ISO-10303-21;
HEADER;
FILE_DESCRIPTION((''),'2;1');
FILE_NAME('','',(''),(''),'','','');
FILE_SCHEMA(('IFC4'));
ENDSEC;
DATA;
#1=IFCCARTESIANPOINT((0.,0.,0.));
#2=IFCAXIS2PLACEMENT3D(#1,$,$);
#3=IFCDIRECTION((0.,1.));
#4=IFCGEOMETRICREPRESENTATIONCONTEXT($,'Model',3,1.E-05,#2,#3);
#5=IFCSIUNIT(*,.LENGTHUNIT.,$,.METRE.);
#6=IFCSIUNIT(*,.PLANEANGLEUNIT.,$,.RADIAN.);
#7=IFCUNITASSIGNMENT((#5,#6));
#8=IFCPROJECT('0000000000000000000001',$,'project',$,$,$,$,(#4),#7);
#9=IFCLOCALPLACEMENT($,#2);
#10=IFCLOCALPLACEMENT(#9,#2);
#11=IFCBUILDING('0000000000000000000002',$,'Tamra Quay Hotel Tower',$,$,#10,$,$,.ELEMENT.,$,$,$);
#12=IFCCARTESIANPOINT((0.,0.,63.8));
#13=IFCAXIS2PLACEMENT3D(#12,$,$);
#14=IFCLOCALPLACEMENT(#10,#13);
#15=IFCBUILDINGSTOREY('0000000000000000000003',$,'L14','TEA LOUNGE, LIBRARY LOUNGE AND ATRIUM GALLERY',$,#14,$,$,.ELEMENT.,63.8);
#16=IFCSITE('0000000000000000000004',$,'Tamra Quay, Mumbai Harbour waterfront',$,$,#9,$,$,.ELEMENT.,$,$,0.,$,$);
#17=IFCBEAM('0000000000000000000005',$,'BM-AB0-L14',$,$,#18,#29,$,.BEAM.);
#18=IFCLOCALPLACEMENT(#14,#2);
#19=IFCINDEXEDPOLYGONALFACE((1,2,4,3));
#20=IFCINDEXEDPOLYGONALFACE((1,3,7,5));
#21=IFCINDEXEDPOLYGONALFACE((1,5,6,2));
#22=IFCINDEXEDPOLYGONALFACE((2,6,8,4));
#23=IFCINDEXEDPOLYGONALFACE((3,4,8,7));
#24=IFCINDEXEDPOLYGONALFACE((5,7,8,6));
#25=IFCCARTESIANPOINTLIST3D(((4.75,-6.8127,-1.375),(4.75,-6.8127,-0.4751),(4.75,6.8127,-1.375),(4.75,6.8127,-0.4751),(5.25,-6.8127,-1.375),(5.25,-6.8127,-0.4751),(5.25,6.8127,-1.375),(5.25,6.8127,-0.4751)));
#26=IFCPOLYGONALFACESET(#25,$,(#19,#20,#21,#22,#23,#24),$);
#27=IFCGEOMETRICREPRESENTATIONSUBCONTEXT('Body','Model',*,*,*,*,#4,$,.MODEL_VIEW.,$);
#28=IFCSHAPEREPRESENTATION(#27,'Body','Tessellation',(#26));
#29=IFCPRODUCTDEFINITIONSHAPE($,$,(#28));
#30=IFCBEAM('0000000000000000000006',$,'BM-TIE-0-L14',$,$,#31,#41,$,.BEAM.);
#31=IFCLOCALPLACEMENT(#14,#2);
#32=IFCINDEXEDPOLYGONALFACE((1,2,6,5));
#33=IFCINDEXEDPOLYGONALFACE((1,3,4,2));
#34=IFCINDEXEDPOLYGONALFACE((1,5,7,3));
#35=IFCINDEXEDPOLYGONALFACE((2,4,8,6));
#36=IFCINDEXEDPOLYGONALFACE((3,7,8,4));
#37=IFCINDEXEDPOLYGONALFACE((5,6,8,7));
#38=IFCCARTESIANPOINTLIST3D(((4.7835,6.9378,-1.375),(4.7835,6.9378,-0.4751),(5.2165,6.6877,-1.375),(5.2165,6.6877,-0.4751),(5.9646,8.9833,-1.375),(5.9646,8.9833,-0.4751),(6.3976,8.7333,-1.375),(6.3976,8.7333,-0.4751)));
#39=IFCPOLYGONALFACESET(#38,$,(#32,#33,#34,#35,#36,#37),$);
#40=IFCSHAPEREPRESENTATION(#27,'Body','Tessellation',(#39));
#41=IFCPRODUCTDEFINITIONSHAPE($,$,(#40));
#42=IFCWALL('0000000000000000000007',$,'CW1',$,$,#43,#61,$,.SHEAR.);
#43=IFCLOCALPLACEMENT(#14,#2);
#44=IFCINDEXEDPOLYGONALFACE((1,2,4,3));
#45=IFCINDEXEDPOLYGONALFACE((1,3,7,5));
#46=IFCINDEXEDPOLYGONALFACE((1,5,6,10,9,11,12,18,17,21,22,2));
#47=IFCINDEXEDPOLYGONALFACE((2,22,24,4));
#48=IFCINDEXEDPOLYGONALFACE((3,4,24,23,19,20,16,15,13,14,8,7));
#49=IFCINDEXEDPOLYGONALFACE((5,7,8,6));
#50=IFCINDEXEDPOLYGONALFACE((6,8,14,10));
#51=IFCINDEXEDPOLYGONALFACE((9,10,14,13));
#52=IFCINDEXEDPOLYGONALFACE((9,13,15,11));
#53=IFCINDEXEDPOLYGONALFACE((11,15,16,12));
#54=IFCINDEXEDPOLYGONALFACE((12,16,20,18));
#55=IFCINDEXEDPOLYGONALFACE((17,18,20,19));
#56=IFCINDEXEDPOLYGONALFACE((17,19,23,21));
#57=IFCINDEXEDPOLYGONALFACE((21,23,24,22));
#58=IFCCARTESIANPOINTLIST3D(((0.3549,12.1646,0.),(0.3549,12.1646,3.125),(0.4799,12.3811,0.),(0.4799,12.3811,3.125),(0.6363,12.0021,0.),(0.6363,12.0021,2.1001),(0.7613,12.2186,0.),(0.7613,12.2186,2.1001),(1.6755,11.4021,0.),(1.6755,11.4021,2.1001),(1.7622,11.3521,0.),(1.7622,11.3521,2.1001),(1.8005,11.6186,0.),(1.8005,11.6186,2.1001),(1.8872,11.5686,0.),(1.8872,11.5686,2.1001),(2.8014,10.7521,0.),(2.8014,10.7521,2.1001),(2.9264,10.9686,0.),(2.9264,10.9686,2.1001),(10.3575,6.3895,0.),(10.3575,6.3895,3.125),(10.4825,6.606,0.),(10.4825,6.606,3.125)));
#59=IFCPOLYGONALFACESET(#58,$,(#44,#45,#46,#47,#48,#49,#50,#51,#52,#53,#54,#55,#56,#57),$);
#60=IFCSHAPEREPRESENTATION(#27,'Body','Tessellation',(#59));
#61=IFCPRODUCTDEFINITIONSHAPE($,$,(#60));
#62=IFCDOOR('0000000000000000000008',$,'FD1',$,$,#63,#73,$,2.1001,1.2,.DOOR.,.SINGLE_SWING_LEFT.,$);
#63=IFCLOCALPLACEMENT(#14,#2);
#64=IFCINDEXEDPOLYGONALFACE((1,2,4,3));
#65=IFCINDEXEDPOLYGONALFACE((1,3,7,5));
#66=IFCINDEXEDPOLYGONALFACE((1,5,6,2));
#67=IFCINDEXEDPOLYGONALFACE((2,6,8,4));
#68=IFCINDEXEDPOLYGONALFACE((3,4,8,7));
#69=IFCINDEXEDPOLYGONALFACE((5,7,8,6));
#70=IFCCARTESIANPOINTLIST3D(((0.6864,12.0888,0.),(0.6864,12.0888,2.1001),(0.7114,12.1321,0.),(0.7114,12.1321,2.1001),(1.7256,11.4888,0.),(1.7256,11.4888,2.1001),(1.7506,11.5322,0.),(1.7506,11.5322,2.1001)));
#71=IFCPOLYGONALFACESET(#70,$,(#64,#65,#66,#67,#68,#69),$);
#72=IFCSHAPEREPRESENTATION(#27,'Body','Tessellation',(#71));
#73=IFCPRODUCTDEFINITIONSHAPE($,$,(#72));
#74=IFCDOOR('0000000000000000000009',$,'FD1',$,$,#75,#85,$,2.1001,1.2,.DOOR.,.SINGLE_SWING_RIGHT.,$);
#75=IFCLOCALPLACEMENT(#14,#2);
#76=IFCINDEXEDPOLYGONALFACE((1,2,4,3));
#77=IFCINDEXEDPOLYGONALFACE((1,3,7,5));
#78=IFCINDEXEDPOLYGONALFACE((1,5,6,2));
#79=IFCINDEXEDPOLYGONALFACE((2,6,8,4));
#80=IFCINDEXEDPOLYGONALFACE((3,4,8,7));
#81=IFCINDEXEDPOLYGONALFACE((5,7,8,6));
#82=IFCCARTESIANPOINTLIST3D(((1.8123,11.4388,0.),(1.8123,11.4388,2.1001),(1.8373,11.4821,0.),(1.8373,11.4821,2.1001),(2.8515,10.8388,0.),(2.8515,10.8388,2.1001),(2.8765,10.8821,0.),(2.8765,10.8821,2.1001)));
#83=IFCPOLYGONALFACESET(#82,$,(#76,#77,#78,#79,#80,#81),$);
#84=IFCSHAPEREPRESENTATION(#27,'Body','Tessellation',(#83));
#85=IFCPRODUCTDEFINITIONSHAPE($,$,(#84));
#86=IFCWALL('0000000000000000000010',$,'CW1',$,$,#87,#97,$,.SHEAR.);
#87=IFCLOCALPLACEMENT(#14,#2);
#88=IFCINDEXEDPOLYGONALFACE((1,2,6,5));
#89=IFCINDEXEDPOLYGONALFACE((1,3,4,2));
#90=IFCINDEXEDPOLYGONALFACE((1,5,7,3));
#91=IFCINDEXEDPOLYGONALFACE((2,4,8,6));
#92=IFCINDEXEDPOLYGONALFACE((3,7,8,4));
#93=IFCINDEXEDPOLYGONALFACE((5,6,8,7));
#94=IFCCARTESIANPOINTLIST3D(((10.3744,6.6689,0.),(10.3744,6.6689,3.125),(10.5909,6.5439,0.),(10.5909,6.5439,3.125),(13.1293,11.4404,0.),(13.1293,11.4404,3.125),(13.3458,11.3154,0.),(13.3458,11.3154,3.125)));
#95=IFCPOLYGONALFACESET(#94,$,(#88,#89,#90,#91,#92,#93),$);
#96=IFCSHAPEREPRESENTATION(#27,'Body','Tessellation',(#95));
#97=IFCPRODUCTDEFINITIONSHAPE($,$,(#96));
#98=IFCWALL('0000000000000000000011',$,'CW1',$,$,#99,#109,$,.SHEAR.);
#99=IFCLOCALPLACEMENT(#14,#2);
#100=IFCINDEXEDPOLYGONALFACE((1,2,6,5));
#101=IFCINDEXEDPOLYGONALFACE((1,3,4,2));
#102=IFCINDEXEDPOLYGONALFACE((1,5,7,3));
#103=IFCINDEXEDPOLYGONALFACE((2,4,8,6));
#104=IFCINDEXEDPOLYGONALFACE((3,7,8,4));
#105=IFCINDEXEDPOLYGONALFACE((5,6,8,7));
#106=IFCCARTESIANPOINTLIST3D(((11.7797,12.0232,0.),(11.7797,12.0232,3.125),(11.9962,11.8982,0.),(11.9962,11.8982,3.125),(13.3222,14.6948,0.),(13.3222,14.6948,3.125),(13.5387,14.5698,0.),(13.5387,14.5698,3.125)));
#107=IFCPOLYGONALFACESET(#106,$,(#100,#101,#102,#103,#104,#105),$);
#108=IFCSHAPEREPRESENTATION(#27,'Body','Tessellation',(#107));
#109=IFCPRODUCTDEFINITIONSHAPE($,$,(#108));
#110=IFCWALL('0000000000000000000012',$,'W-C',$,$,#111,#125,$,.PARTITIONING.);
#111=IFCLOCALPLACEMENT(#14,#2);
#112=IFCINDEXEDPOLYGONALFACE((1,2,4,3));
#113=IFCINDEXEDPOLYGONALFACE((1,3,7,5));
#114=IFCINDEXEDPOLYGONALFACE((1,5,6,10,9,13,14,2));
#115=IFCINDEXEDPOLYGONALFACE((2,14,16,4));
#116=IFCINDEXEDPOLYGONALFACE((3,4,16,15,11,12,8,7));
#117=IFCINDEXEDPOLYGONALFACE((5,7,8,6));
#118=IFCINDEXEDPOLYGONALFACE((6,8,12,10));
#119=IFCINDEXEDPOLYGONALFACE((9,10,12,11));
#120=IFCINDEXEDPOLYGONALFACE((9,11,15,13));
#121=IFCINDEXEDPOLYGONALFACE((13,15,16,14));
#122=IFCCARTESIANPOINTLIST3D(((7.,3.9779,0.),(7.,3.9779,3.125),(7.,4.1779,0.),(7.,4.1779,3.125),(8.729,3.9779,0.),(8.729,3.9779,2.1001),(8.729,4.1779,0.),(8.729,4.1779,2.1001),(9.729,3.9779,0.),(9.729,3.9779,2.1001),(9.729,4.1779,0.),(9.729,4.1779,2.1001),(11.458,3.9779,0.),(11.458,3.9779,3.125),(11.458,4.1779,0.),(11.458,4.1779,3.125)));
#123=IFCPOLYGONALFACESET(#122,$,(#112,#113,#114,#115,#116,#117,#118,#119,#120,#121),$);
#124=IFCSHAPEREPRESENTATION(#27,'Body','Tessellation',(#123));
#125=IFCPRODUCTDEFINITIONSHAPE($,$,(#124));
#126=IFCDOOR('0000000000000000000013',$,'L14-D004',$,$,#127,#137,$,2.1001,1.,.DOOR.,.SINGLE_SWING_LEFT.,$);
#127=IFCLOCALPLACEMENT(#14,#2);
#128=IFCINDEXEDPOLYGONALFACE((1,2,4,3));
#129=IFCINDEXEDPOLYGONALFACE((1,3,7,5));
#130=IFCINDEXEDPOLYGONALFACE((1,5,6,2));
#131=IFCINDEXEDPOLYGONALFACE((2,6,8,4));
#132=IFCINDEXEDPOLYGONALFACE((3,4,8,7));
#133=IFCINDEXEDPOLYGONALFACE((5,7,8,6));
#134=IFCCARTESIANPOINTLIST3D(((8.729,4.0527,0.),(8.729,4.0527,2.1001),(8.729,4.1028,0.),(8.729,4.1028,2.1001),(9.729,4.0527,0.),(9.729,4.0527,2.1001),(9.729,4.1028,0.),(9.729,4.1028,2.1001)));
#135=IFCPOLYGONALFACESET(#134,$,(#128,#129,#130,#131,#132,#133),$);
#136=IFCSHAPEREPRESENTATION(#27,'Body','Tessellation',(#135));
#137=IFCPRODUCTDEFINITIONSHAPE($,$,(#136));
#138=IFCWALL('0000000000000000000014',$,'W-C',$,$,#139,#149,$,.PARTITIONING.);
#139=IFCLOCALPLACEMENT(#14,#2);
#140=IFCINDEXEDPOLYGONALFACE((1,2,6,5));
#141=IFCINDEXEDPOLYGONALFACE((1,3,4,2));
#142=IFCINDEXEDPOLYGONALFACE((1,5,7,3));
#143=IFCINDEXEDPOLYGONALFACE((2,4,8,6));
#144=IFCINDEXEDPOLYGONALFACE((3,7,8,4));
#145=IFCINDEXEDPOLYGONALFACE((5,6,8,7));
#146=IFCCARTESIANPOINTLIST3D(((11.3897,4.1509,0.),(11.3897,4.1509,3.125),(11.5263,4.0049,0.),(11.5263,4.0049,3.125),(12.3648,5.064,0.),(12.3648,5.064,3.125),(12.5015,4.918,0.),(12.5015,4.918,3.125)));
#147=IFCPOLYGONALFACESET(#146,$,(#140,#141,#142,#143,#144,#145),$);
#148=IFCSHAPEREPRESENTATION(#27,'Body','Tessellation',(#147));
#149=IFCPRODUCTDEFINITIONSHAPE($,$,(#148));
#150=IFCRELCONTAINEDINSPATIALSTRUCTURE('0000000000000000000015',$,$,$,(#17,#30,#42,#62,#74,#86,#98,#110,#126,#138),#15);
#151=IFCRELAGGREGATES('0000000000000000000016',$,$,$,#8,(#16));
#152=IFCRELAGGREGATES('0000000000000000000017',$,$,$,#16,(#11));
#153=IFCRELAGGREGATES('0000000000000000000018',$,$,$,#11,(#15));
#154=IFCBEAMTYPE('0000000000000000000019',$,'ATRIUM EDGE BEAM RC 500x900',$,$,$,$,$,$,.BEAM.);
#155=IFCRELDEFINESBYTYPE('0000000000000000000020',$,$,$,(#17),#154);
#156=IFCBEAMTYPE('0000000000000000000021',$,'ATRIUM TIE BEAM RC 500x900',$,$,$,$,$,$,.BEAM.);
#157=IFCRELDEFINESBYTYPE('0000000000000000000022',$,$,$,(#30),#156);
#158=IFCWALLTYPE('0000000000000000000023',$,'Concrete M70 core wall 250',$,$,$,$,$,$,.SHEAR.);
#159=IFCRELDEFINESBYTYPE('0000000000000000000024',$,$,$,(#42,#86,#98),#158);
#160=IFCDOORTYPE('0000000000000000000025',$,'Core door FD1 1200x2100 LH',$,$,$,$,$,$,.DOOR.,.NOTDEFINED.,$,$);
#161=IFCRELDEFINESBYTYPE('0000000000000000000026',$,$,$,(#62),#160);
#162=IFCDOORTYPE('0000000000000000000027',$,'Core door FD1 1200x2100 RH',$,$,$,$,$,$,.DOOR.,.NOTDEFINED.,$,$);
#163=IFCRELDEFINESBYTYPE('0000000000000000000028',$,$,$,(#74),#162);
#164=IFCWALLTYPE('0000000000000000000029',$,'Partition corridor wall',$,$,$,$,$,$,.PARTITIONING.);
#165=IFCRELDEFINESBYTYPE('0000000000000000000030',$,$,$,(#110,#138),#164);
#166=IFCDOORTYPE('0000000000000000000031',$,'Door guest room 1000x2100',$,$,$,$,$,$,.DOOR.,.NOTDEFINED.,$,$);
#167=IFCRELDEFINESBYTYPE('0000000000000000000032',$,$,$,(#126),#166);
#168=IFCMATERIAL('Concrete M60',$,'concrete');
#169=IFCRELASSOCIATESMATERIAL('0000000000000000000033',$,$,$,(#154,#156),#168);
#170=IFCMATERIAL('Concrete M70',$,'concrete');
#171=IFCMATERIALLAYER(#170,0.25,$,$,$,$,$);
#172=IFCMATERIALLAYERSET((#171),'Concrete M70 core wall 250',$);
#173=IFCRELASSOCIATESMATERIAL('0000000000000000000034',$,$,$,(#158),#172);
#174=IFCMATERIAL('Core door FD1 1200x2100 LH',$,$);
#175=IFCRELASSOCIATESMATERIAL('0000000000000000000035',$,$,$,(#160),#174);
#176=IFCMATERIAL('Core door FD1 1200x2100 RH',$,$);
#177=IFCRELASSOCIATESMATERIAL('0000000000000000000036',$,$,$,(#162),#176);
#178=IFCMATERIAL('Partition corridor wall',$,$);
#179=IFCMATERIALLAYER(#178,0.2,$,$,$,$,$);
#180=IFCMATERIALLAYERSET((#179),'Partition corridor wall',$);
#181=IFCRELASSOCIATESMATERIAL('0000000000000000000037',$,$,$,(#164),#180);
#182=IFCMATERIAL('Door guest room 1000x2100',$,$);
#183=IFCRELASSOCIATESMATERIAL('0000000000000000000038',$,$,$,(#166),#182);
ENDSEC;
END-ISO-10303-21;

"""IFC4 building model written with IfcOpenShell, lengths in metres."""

from ifc_helpers import new_model, si_unit, direction, frame, frame_2d, origin, origin_2d, place, context, subcontext, project, spatial, rectangle, extrude, material, layer, layer_set, material_profile, profile_set, type_object, element, fill, save


model = new_model("IFC4")

# Units and contexts
model_context = context("Model", 3, precision=1e-05, world=origin(), true_north=direction((0.0, 1.0)))
body_context = subcontext(model_context, "Body", "Model", "MODEL_VIEW")
ifc_project = project(units=[si_unit("LENGTHUNIT", "METRE"), si_unit("PLANEANGLEUNIT", "RADIAN")], contexts=[model_context])

# Site, building, storey
site_placement = place(None, origin())
site = spatial("IfcSite", under=ifc_project, at=site_placement, Name="Tamra Quay, Mumbai Harbour waterfront", CompositionType="ELEMENT", RefElevation=0.0)
building_placement = place(site_placement, origin())
building = spatial("IfcBuilding", under=site, at=building_placement, Name="Tamra Quay Hotel Tower", CompositionType="ELEMENT")
storey_placement = place(building_placement, frame((0.0, 0.0, 63.8)))
storey = spatial("IfcBuildingStorey", under=building, at=storey_placement, Name="L14", Description="TEA LOUNGE, LIBRARY LOUNGE AND ATRIUM GALLERY", CompositionType="ELEMENT", Elevation=63.8)

# Beams
ifc_material_1 = material(Name="Concrete M60", Category="concrete")
ifc_material_profile_1 = material_profile(ifc_material_1, rectangle(XDim=0.5, YDim=0.8999, at=origin_2d()), Name="ATRIUM EDGE BEAM RC 500x900")
ifc_profile_set_1 = profile_set([ifc_material_profile_1], Name="Concrete M60")
beam_type_1 = type_object("IfcBeamType", Name="ATRIUM EDGE BEAM RC 500x900", PredefinedType="BEAM", material=ifc_profile_set_1)
beam_1_placement = place(storey_placement, frame((5.0, 6.8127, -0.925), z_axis=(0.0, -1.0, 0.0), x_axis=(1.0, 0.0, 0.0)))
element("IfcBeam", 1, at=beam_1_placement, inside=storey, type_object=beam_type_1, Name="BM-AB0-L14", PredefinedType="BEAM", context=body_context, shape_type="SweptSolid", body=[
    extrude(rectangle(XDim=0.5, YDim=0.8999, at=origin_2d()), origin(), (0.0, 0.0, 1.0), 13.6255),
])
ifc_material_profile_2 = material_profile(ifc_material_1, rectangle(XDim=0.5, YDim=0.8999, at=origin_2d()), Name="ATRIUM TIE BEAM RC 500x900")
ifc_profile_set_2 = profile_set([ifc_material_profile_2], Name="Concrete M60")
beam_type_2 = type_object("IfcBeamType", Name="ATRIUM TIE BEAM RC 500x900", PredefinedType="BEAM", material=ifc_profile_set_2)
beam_2_placement = place(storey_placement, frame((5.0, 6.8127, -0.925), z_axis=(0.50003, 0.866008, 0.0), x_axis=(-0.866008, 0.50003, 0.0)))
element("IfcBeam", 2, at=beam_2_placement, inside=storey, type_object=beam_type_2, Name="BM-TIE-0-L14", PredefinedType="BEAM", context=body_context, shape_type="SweptSolid", body=[
    extrude(rectangle(XDim=0.5, YDim=0.8999, at=origin_2d()), origin(), (0.0, 0.0, 1.0), 2.3621),
])

# Wall, openings, doors
ifc_material_2 = material(Name="Concrete M70", Category="concrete")
ifc_layer_1 = layer(ifc_material_2, 0.25)
ifc_layer_set_1 = layer_set([ifc_layer_1], Name="Concrete M70 core wall 250")
wall_type_1 = type_object("IfcWallType", Name="Concrete M70 core wall 250", PredefinedType="SHEAR", material=ifc_layer_set_1)
wall_1_placement = place(storey_placement, frame((10.4199, 6.4978, 0.0), z_axis=(0.0, 0.0, 1.0), x_axis=(-0.866022, 0.500006, 0.0)))
wall_1 = element("IfcWall", 3, at=wall_1_placement, inside=storey, type_object=wall_type_1, Name="CW1", PredefinedType="SHEAR", context=body_context, shape_type="SweptSolid", body=[
    extrude(rectangle(XDim=11.55, YDim=0.25, at=frame_2d((5.7749, 0.0))), origin(), (0.0, 0.0, 1.0), 3.125),
])
opening_1_placement = place(wall_1_placement, frame((10.0249, 0.0, 0.0)))
opening_1 = element("IfcOpeningElement", 4, at=opening_1_placement, cuts=wall_1, PredefinedType="OPENING", context=body_context, shape_type="SweptSolid", body=[
    extrude(rectangle(XDim=1.2, YDim=2.1001, at=frame_2d((0.6001, 1.05))), frame((0.0, 0.135, 0.0), z_axis=(0.0, -1.0, 0.0), x_axis=(1.0, 0.0, 0.0)), (0.0, 0.0, 1.0), 0.27),
])
opening_2_placement = place(wall_1_placement, frame((8.7249, 0.0, 0.0)))
opening_2 = element("IfcOpeningElement", 5, at=opening_2_placement, cuts=wall_1, PredefinedType="OPENING", context=body_context, shape_type="SweptSolid", body=[
    extrude(rectangle(XDim=1.2, YDim=2.1001, at=frame_2d((0.6001, 1.05))), frame((0.0, 0.135, 0.0), z_axis=(0.0, -1.0, 0.0), x_axis=(1.0, 0.0, 0.0)), (0.0, 0.0, 1.0), 0.27),
])
ifc_material_3 = material(Name="Core door FD1 1200x2100 LH")
door_type_1 = type_object("IfcDoorType", Name="Core door FD1 1200x2100 LH", OperationType="NOTDEFINED", PredefinedType="DOOR", material=ifc_material_3)
door_1_placement = place(opening_1_placement, origin())
door_1 = element("IfcDoor", 6, at=door_1_placement, inside=storey, type_object=door_type_1, Name="FD1", OperationType="SINGLE_SWING_LEFT", OverallHeight=2.1001, OverallWidth=1.2, PredefinedType="DOOR", context=body_context, shape_type="SweptSolid", body=[
    extrude(rectangle(XDim=1.2, YDim=2.1001, at=frame_2d((0.6001, 1.05))), frame((0.0, 0.0249, 0.0), z_axis=(0.0, -1.0, 0.0), x_axis=(1.0, 0.0, 0.0)), (0.0, 0.0, 1.0), 0.05),
])
fill(opening_1, door_1)
ifc_material_4 = material(Name="Core door FD1 1200x2100 RH")
door_type_2 = type_object("IfcDoorType", Name="Core door FD1 1200x2100 RH", OperationType="NOTDEFINED", PredefinedType="DOOR", material=ifc_material_4)
door_2_placement = place(opening_2_placement, origin())
door_2 = element("IfcDoor", 7, at=door_2_placement, inside=storey, type_object=door_type_2, Name="FD1", OperationType="SINGLE_SWING_RIGHT", OverallHeight=2.1001, OverallWidth=1.2, PredefinedType="DOOR", context=body_context, shape_type="SweptSolid", body=[
    extrude(rectangle(XDim=1.2, YDim=2.1001, at=frame_2d((0.6001, 1.05))), frame((0.0, 0.0249, 0.0), z_axis=(0.0, -1.0, 0.0), x_axis=(1.0, 0.0, 0.0)), (0.0, 0.0, 1.0), 0.05),
])
fill(opening_2, door_2)

# Walls
wall_2_placement = place(storey_placement, frame((13.2375, 11.3779, 0.0), z_axis=(0.0, 0.0, 1.0), x_axis=(-0.500009, -0.86602, 0.0)))
element("IfcWall", 8, at=wall_2_placement, inside=storey, type_object=wall_type_1, Name="CW1", PredefinedType="SHEAR", context=body_context, shape_type="SweptSolid", body=[
    extrude(rectangle(XDim=5.5098, YDim=0.25, at=frame_2d((2.7549, 0.0))), origin(), (0.0, 0.0, 1.0), 3.125),
])
wall_3_placement = place(storey_placement, frame((11.8879, 11.9607, 0.0), z_axis=(0.0, 0.0, 1.0), x_axis=(0.500003, 0.866023, 0.0)))
element("IfcWall", 9, at=wall_3_placement, inside=storey, type_object=wall_type_1, Name="CW1", PredefinedType="SHEAR", context=body_context, shape_type="SweptSolid", body=[
    extrude(rectangle(XDim=3.085, YDim=0.25, at=frame_2d((1.5425, 0.0))), origin(), (0.0, 0.0, 1.0), 3.125),
])

# Wall, opening, door
ifc_material_5 = material(Name="Partition corridor wall")
ifc_layer_2 = layer(ifc_material_5, 0.2)
ifc_layer_set_2 = layer_set([ifc_layer_2], Name="Partition corridor wall")
wall_type_2 = type_object("IfcWallType", Name="Partition corridor wall", PredefinedType="PARTITIONING", material=ifc_layer_set_2)
wall_4_placement = place(storey_placement, frame((7.0, 4.0779, 0.0), z_axis=(0.0, 0.0, 1.0), x_axis=(1.0, 0.0, 0.0)))
wall_4 = element("IfcWall", 10, at=wall_4_placement, inside=storey, type_object=wall_type_2, Name="W-C", PredefinedType="PARTITIONING", context=body_context, shape_type="SweptSolid", body=[
    extrude(rectangle(XDim=4.458, YDim=0.2, at=frame_2d((2.229, 0.0))), origin(), (0.0, 0.0, 1.0), 3.125),
])
opening_3_placement = place(wall_4_placement, frame((1.729, 0.0, 0.0)))
opening_3 = element("IfcOpeningElement", 11, at=opening_3_placement, cuts=wall_4, PredefinedType="OPENING", context=body_context, shape_type="SweptSolid", body=[
    extrude(rectangle(XDim=1.0, YDim=2.1001, at=frame_2d((0.5, 1.05))), frame((0.0, 0.1099, 0.0), z_axis=(0.0, -1.0, 0.0), x_axis=(1.0, 0.0, 0.0)), (0.0, 0.0, 1.0), 0.22),
])
ifc_material_6 = material(Name="Door guest room 1000x2100")
door_type_3 = type_object("IfcDoorType", Name="Door guest room 1000x2100", OperationType="NOTDEFINED", PredefinedType="DOOR", material=ifc_material_6)
door_3_placement = place(opening_3_placement, origin())
door_3 = element("IfcDoor", 12, at=door_3_placement, inside=storey, type_object=door_type_3, Name="L14-D004", OperationType="SINGLE_SWING_LEFT", OverallHeight=2.1001, OverallWidth=1.0, PredefinedType="DOOR", context=body_context, shape_type="SweptSolid", body=[
    extrude(rectangle(XDim=1.0, YDim=2.1001, at=frame_2d((0.5, 1.05))), frame((0.0, 0.0249, 0.0), z_axis=(0.0, -1.0, 0.0), x_axis=(1.0, 0.0, 0.0)), (0.0, 0.0, 1.0), 0.05),
])
fill(opening_3, door_3)

# Wall
wall_5_placement = place(storey_placement, frame((11.458, 4.0779, 0.0), z_axis=(0.0, 0.0, 1.0), x_axis=(0.729936, 0.683515, 0.0)))
element("IfcWall", 13, at=wall_5_placement, inside=storey, type_object=wall_type_2, Name="W-C", PredefinedType="PARTITIONING", context=body_context, shape_type="SweptSolid", body=[
    extrude(rectangle(XDim=1.3359, YDim=0.2, at=frame_2d((0.668, 0.0))), origin(), (0.0, 0.0, 1.0), 3.125),
])

save(model, "model.ifc")
